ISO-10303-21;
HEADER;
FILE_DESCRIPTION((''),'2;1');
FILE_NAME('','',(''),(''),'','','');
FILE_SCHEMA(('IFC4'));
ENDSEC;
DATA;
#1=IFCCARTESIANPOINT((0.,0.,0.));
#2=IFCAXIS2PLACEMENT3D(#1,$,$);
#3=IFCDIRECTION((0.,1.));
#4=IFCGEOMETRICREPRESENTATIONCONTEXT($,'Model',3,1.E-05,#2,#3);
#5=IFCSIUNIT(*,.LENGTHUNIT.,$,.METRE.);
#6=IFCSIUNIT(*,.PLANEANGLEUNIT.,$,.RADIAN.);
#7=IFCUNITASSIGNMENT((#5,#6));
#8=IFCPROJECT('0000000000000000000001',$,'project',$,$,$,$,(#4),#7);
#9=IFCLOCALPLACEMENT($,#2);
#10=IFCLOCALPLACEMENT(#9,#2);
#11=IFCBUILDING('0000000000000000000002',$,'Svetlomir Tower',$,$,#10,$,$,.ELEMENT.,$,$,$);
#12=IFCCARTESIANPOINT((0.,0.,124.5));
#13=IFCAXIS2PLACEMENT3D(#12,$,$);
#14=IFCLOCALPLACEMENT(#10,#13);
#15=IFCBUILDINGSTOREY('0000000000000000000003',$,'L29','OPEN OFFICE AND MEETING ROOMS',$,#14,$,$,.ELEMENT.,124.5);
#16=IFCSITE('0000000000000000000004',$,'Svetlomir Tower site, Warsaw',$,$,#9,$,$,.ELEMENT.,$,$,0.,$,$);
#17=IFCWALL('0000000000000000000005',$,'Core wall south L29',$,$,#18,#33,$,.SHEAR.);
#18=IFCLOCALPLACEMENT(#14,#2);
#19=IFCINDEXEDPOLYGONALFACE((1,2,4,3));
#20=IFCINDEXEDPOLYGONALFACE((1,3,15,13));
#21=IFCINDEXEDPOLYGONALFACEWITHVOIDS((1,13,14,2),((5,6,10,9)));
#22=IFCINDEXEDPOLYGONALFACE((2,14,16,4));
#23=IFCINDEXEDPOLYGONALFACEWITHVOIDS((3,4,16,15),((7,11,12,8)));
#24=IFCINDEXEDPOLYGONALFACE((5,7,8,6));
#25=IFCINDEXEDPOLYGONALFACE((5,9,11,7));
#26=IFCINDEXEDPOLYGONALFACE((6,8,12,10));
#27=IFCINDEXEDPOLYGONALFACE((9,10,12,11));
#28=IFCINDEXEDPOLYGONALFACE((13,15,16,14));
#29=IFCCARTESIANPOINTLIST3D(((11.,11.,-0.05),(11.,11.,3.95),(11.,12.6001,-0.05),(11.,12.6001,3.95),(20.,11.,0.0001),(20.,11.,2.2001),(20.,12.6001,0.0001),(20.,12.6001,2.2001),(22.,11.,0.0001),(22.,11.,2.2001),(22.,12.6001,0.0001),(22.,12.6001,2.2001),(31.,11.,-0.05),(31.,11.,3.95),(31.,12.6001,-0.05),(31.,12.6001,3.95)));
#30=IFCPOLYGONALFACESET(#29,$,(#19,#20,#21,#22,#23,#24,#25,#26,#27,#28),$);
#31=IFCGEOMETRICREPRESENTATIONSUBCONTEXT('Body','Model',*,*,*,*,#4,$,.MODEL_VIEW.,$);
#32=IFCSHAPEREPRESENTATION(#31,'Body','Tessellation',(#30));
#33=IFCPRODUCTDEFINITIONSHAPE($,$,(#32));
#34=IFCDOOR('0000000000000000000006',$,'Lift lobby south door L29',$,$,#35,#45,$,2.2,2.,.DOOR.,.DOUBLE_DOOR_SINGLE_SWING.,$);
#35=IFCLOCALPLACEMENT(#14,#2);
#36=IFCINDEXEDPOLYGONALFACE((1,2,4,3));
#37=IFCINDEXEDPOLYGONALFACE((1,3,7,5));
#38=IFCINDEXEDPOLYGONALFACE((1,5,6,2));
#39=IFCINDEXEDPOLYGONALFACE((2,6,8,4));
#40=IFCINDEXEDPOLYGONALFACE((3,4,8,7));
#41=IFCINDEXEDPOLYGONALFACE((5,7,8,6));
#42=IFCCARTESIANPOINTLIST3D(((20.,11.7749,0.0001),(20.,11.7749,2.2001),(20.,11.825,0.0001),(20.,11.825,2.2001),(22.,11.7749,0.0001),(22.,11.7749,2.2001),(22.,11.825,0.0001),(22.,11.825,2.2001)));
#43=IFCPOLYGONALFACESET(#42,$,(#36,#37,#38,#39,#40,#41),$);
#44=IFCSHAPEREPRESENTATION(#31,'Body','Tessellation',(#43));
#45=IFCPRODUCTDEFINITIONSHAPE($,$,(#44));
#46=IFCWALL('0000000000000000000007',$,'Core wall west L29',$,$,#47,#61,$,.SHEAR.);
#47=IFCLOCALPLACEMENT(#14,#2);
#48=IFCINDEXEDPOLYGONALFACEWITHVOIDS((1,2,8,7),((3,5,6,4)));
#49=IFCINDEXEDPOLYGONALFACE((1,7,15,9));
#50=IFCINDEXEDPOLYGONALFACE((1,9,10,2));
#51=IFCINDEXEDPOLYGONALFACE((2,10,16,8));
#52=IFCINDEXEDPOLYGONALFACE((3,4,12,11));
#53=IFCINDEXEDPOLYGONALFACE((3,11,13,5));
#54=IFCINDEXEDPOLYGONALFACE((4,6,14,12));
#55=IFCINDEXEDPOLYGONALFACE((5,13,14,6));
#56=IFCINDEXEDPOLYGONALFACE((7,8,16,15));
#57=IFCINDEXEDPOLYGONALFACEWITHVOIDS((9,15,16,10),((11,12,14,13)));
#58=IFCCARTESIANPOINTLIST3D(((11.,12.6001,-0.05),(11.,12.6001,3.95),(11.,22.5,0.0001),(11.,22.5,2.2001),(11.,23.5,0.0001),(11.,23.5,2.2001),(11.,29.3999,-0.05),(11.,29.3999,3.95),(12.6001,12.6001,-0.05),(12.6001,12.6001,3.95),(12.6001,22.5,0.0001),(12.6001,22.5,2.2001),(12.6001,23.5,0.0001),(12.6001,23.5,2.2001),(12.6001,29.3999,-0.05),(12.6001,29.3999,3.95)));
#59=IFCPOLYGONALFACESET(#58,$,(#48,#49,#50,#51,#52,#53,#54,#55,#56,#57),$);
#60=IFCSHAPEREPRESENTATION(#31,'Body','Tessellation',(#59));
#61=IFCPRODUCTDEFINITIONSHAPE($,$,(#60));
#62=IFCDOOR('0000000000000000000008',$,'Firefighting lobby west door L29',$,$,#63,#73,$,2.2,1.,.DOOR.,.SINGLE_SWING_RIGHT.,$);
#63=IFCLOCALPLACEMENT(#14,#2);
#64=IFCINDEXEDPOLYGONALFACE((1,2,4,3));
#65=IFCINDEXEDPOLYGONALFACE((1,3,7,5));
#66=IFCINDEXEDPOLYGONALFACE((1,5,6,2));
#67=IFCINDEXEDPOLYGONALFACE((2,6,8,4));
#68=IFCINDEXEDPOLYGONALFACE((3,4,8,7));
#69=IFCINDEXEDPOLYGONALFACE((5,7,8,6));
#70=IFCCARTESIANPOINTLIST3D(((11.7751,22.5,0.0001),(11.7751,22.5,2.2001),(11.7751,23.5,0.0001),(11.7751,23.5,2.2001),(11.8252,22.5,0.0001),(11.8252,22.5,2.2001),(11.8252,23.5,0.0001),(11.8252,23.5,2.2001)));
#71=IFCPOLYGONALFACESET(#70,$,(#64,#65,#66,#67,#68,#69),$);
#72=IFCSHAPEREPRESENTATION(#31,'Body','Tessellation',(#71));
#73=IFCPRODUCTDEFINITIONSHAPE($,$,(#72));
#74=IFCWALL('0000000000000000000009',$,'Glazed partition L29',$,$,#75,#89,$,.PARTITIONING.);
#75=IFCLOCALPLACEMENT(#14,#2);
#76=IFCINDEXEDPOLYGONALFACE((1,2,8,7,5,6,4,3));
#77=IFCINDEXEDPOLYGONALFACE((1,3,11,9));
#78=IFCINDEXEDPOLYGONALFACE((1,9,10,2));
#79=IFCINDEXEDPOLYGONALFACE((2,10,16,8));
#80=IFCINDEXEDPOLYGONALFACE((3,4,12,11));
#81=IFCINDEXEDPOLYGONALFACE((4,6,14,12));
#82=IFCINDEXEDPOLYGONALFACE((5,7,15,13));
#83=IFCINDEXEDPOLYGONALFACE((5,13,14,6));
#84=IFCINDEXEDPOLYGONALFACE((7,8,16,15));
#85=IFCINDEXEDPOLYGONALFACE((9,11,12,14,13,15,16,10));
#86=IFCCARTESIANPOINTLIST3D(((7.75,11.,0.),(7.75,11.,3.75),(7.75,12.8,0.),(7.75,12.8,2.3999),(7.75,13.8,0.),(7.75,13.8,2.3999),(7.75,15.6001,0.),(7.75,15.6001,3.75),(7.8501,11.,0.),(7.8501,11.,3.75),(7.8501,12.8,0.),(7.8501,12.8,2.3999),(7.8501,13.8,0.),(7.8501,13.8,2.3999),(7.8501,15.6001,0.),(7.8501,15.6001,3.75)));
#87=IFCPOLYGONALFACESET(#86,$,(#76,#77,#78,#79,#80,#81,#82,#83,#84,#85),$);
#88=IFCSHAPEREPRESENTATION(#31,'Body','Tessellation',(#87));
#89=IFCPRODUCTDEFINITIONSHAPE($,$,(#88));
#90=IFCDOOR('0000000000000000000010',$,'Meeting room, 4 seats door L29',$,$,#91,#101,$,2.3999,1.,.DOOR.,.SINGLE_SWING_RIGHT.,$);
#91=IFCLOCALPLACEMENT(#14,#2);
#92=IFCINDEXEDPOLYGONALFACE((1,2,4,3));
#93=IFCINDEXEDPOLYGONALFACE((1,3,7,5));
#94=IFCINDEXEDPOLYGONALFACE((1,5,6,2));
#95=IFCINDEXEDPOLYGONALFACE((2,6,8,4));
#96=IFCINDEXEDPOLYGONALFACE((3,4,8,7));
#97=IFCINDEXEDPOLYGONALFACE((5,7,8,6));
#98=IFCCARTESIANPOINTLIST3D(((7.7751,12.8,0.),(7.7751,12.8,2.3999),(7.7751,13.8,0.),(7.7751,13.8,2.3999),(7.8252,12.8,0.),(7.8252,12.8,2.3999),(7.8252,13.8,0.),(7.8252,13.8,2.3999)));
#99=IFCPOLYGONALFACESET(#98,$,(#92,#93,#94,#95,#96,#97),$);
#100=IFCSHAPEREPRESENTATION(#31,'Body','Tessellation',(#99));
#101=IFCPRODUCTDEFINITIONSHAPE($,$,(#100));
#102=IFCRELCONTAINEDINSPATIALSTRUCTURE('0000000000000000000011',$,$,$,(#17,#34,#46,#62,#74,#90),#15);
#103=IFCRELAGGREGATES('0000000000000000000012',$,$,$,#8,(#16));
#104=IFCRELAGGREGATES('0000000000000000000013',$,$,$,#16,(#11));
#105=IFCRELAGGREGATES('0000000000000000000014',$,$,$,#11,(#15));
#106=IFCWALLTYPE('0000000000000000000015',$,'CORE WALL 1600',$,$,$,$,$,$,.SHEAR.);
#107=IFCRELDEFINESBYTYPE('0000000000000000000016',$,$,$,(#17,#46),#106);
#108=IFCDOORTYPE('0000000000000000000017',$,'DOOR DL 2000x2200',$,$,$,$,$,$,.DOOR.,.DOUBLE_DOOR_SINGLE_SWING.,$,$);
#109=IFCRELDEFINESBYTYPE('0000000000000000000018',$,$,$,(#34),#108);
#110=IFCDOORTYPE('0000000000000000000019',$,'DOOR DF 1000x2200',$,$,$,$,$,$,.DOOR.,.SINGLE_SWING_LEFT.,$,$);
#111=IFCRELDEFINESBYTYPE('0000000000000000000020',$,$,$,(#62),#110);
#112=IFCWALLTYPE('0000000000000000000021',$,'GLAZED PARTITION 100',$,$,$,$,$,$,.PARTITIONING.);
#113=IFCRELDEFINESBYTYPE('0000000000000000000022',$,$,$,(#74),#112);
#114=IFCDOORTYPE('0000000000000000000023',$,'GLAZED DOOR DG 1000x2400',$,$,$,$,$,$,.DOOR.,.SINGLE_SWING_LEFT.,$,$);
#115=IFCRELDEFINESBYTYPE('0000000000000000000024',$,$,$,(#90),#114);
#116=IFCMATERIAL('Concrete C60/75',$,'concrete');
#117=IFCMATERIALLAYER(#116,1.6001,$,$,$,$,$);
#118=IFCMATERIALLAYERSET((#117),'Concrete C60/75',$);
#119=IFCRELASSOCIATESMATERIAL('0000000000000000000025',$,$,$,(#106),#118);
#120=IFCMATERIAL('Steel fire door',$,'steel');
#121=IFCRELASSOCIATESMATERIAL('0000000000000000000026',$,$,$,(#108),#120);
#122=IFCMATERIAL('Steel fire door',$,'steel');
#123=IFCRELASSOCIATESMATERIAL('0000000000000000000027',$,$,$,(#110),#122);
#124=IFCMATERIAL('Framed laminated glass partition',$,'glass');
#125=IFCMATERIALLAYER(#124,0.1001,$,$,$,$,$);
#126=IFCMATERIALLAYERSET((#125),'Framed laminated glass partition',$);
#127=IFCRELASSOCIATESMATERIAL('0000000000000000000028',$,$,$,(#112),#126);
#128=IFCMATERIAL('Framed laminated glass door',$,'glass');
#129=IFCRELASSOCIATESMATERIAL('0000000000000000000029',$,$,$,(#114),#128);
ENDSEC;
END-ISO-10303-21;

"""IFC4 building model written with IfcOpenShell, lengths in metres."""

from ifc_helpers import new_model, si_unit, direction, frame, frame_2d, origin, place, context, subcontext, project, spatial, rectangle, extrude, material, layer, layer_set, type_object, element, fill, save


model = new_model("IFC4")

# Units and contexts
model_context = context("Model", 3, precision=1e-05, world=origin(), true_north=direction((0.0, 1.0)))
body_context = subcontext(model_context, "Body", "Model", "MODEL_VIEW")
ifc_project = project(units=[si_unit("LENGTHUNIT", "METRE"), si_unit("PLANEANGLEUNIT", "RADIAN")], contexts=[model_context])

# Site, building, storey
site_placement = place(None, origin())
site = spatial("IfcSite", under=ifc_project, at=site_placement, Name="Svetlomir Tower site, Warsaw", CompositionType="ELEMENT", RefElevation=0.0)
building_placement = place(site_placement, origin())
building = spatial("IfcBuilding", under=site, at=building_placement, Name="Svetlomir Tower", CompositionType="ELEMENT")
storey_placement = place(building_placement, frame((0.0, 0.0, 124.5)))
storey = spatial("IfcBuildingStorey", under=building, at=storey_placement, Name="L29", Description="OPEN OFFICE AND MEETING ROOMS", CompositionType="ELEMENT", Elevation=124.5)

# Walls, openings, doors
ifc_material_1 = material(Name="Concrete C60/75", Category="concrete")
ifc_layer_1 = layer(ifc_material_1, 1.6001)
ifc_layer_set_1 = layer_set([ifc_layer_1], Name="Concrete C60/75")
wall_type_1 = type_object("IfcWallType", Name="CORE WALL 1600", PredefinedType="SHEAR", material=ifc_layer_set_1)
wall_1_placement = place(storey_placement, frame((11.0, 11.8, -0.05), z_axis=(0.0, 0.0, 1.0), x_axis=(1.0, 0.0, 0.0)))
wall_1 = element("IfcWall", 1, at=wall_1_placement, inside=storey, type_object=wall_type_1, Name="Core wall south L29", PredefinedType="SHEAR", context=body_context, shape_type="SweptSolid", body=[
    extrude(rectangle(XDim=20.0, YDim=1.6001, at=frame_2d((10.0, 0.0))), origin(), (0.0, 0.0, 1.0), 4.0),
])
opening_1_placement = place(wall_1_placement, frame((9.0, 0.0, 0.05)))
opening_1 = element("IfcOpeningElement", 2, at=opening_1_placement, cuts=wall_1, PredefinedType="OPENING", context=body_context, shape_type="SweptSolid", body=[
    extrude(rectangle(XDim=2.0, YDim=2.2, at=frame_2d((1.0, 1.1001))), frame((0.0, 0.8101, 0.0), z_axis=(0.0, -1.0, 0.0), x_axis=(1.0, 0.0, 0.0)), (0.0, 0.0, 1.0), 1.6201),
])
ifc_material_2 = material(Name="Steel fire door", Category="steel")
door_type_1 = type_object("IfcDoorType", Name="DOOR DL 2000x2200", OperationType="DOUBLE_DOOR_SINGLE_SWING", PredefinedType="DOOR", material=ifc_material_2)
door_1_placement = place(opening_1_placement, origin())
door_1 = element("IfcDoor", 3, at=door_1_placement, inside=storey, type_object=door_type_1, Name="Lift lobby south door L29", OperationType="DOUBLE_DOOR_SINGLE_SWING", OverallHeight=2.2, OverallWidth=2.0, PredefinedType="DOOR", context=body_context, shape_type="SweptSolid", body=[
    extrude(rectangle(XDim=2.0, YDim=2.2, at=frame_2d((1.0, 1.1001))), frame((0.0, 0.0249, 0.0), z_axis=(0.0, -1.0, 0.0), x_axis=(1.0, 0.0, 0.0)), (0.0, 0.0, 1.0), 0.05),
])
fill(opening_1, door_1)
wall_2_placement = place(storey_placement, frame((11.8, 12.6001, -0.05), z_axis=(0.0, 0.0, 1.0), x_axis=(0.0, 1.0, 0.0)))
wall_2 = element("IfcWall", 4, at=wall_2_placement, inside=storey, type_object=wall_type_1, Name="Core wall west L29", PredefinedType="SHEAR", context=body_context, shape_type="SweptSolid", body=[
    extrude(rectangle(XDim=16.7998, YDim=1.6001, at=frame_2d((8.3999, 0.0))), origin(), (0.0, 0.0, 1.0), 4.0),
])
opening_2_placement = place(wall_2_placement, frame((9.8999, 0.0, 0.05)))
opening_2 = element("IfcOpeningElement", 5, at=opening_2_placement, cuts=wall_2, PredefinedType="OPENING", context=body_context, shape_type="SweptSolid", body=[
    extrude(rectangle(XDim=1.0, YDim=2.2, at=frame_2d((0.5, 1.1001))), frame((0.0, 0.8101, 0.0), z_axis=(0.0, -1.0, 0.0), x_axis=(1.0, 0.0, 0.0)), (0.0, 0.0, 1.0), 1.6201),
])
ifc_material_3 = material(Name="Steel fire door", Category="steel")
door_type_2 = type_object("IfcDoorType", Name="DOOR DF 1000x2200", OperationType="SINGLE_SWING_LEFT", PredefinedType="DOOR", material=ifc_material_3)
door_2_placement = place(opening_2_placement, origin())
door_2 = element("IfcDoor", 6, at=door_2_placement, inside=storey, type_object=door_type_2, Name="Firefighting lobby west door L29", OperationType="SINGLE_SWING_RIGHT", OverallHeight=2.2, OverallWidth=1.0, PredefinedType="DOOR", context=body_context, shape_type="SweptSolid", body=[
    extrude(rectangle(XDim=1.0, YDim=2.2, at=frame_2d((0.5, 1.1001))), frame((0.0, 0.0249, 0.0), z_axis=(0.0, -1.0, 0.0), x_axis=(1.0, 0.0, 0.0)), (0.0, 0.0, 1.0), 0.05),
])
fill(opening_2, door_2)
ifc_material_4 = material(Name="Framed laminated glass partition", Category="glass")
ifc_layer_2 = layer(ifc_material_4, 0.1001)
ifc_layer_set_2 = layer_set([ifc_layer_2], Name="Framed laminated glass partition")
wall_type_2 = type_object("IfcWallType", Name="GLAZED PARTITION 100", PredefinedType="PARTITIONING", material=ifc_layer_set_2)
wall_3_placement = place(storey_placement, frame((7.8, 11.0, 0.0), z_axis=(0.0, 0.0, 1.0), x_axis=(0.0, 1.0, 0.0)))
wall_3 = element("IfcWall", 7, at=wall_3_placement, inside=storey, type_object=wall_type_2, Name="Glazed partition L29", PredefinedType="PARTITIONING", context=body_context, shape_type="SweptSolid", body=[
    extrude(rectangle(XDim=4.6001, YDim=0.1001, at=frame_2d((2.3, 0.0))), origin(), (0.0, 0.0, 1.0), 3.75),
])
opening_3_placement = place(wall_3_placement, frame((1.8, 0.0, 0.0)))
opening_3 = element("IfcOpeningElement", 8, at=opening_3_placement, cuts=wall_3, PredefinedType="OPENING", context=body_context, shape_type="SweptSolid", body=[
    extrude(rectangle(XDim=1.0, YDim=2.3999, at=frame_2d((0.5, 1.2))), frame((0.0, 0.0601, 0.0), z_axis=(0.0, -1.0, 0.0), x_axis=(1.0, 0.0, 0.0)), (0.0, 0.0, 1.0), 0.1201),
])
ifc_material_5 = material(Name="Framed laminated glass door", Category="glass")
door_type_3 = type_object("IfcDoorType", Name="GLAZED DOOR DG 1000x2400", OperationType="SINGLE_SWING_LEFT", PredefinedType="DOOR", material=ifc_material_5)
door_3_placement = place(opening_3_placement, origin())
door_3 = element("IfcDoor", 9, at=door_3_placement, inside=storey, type_object=door_type_3, Name="Meeting room, 4 seats door L29", OperationType="SINGLE_SWING_RIGHT", OverallHeight=2.3999, OverallWidth=1.0, PredefinedType="DOOR", context=body_context, shape_type="SweptSolid", body=[
    extrude(rectangle(XDim=1.0, YDim=2.3999, at=frame_2d((0.5, 1.2))), frame((0.0, 0.0249, 0.0), z_axis=(0.0, -1.0, 0.0), x_axis=(1.0, 0.0, 0.0)), (0.0, 0.0, 1.0), 0.05),
])
fill(opening_3, door_3)

save(model, "model.ifc")
